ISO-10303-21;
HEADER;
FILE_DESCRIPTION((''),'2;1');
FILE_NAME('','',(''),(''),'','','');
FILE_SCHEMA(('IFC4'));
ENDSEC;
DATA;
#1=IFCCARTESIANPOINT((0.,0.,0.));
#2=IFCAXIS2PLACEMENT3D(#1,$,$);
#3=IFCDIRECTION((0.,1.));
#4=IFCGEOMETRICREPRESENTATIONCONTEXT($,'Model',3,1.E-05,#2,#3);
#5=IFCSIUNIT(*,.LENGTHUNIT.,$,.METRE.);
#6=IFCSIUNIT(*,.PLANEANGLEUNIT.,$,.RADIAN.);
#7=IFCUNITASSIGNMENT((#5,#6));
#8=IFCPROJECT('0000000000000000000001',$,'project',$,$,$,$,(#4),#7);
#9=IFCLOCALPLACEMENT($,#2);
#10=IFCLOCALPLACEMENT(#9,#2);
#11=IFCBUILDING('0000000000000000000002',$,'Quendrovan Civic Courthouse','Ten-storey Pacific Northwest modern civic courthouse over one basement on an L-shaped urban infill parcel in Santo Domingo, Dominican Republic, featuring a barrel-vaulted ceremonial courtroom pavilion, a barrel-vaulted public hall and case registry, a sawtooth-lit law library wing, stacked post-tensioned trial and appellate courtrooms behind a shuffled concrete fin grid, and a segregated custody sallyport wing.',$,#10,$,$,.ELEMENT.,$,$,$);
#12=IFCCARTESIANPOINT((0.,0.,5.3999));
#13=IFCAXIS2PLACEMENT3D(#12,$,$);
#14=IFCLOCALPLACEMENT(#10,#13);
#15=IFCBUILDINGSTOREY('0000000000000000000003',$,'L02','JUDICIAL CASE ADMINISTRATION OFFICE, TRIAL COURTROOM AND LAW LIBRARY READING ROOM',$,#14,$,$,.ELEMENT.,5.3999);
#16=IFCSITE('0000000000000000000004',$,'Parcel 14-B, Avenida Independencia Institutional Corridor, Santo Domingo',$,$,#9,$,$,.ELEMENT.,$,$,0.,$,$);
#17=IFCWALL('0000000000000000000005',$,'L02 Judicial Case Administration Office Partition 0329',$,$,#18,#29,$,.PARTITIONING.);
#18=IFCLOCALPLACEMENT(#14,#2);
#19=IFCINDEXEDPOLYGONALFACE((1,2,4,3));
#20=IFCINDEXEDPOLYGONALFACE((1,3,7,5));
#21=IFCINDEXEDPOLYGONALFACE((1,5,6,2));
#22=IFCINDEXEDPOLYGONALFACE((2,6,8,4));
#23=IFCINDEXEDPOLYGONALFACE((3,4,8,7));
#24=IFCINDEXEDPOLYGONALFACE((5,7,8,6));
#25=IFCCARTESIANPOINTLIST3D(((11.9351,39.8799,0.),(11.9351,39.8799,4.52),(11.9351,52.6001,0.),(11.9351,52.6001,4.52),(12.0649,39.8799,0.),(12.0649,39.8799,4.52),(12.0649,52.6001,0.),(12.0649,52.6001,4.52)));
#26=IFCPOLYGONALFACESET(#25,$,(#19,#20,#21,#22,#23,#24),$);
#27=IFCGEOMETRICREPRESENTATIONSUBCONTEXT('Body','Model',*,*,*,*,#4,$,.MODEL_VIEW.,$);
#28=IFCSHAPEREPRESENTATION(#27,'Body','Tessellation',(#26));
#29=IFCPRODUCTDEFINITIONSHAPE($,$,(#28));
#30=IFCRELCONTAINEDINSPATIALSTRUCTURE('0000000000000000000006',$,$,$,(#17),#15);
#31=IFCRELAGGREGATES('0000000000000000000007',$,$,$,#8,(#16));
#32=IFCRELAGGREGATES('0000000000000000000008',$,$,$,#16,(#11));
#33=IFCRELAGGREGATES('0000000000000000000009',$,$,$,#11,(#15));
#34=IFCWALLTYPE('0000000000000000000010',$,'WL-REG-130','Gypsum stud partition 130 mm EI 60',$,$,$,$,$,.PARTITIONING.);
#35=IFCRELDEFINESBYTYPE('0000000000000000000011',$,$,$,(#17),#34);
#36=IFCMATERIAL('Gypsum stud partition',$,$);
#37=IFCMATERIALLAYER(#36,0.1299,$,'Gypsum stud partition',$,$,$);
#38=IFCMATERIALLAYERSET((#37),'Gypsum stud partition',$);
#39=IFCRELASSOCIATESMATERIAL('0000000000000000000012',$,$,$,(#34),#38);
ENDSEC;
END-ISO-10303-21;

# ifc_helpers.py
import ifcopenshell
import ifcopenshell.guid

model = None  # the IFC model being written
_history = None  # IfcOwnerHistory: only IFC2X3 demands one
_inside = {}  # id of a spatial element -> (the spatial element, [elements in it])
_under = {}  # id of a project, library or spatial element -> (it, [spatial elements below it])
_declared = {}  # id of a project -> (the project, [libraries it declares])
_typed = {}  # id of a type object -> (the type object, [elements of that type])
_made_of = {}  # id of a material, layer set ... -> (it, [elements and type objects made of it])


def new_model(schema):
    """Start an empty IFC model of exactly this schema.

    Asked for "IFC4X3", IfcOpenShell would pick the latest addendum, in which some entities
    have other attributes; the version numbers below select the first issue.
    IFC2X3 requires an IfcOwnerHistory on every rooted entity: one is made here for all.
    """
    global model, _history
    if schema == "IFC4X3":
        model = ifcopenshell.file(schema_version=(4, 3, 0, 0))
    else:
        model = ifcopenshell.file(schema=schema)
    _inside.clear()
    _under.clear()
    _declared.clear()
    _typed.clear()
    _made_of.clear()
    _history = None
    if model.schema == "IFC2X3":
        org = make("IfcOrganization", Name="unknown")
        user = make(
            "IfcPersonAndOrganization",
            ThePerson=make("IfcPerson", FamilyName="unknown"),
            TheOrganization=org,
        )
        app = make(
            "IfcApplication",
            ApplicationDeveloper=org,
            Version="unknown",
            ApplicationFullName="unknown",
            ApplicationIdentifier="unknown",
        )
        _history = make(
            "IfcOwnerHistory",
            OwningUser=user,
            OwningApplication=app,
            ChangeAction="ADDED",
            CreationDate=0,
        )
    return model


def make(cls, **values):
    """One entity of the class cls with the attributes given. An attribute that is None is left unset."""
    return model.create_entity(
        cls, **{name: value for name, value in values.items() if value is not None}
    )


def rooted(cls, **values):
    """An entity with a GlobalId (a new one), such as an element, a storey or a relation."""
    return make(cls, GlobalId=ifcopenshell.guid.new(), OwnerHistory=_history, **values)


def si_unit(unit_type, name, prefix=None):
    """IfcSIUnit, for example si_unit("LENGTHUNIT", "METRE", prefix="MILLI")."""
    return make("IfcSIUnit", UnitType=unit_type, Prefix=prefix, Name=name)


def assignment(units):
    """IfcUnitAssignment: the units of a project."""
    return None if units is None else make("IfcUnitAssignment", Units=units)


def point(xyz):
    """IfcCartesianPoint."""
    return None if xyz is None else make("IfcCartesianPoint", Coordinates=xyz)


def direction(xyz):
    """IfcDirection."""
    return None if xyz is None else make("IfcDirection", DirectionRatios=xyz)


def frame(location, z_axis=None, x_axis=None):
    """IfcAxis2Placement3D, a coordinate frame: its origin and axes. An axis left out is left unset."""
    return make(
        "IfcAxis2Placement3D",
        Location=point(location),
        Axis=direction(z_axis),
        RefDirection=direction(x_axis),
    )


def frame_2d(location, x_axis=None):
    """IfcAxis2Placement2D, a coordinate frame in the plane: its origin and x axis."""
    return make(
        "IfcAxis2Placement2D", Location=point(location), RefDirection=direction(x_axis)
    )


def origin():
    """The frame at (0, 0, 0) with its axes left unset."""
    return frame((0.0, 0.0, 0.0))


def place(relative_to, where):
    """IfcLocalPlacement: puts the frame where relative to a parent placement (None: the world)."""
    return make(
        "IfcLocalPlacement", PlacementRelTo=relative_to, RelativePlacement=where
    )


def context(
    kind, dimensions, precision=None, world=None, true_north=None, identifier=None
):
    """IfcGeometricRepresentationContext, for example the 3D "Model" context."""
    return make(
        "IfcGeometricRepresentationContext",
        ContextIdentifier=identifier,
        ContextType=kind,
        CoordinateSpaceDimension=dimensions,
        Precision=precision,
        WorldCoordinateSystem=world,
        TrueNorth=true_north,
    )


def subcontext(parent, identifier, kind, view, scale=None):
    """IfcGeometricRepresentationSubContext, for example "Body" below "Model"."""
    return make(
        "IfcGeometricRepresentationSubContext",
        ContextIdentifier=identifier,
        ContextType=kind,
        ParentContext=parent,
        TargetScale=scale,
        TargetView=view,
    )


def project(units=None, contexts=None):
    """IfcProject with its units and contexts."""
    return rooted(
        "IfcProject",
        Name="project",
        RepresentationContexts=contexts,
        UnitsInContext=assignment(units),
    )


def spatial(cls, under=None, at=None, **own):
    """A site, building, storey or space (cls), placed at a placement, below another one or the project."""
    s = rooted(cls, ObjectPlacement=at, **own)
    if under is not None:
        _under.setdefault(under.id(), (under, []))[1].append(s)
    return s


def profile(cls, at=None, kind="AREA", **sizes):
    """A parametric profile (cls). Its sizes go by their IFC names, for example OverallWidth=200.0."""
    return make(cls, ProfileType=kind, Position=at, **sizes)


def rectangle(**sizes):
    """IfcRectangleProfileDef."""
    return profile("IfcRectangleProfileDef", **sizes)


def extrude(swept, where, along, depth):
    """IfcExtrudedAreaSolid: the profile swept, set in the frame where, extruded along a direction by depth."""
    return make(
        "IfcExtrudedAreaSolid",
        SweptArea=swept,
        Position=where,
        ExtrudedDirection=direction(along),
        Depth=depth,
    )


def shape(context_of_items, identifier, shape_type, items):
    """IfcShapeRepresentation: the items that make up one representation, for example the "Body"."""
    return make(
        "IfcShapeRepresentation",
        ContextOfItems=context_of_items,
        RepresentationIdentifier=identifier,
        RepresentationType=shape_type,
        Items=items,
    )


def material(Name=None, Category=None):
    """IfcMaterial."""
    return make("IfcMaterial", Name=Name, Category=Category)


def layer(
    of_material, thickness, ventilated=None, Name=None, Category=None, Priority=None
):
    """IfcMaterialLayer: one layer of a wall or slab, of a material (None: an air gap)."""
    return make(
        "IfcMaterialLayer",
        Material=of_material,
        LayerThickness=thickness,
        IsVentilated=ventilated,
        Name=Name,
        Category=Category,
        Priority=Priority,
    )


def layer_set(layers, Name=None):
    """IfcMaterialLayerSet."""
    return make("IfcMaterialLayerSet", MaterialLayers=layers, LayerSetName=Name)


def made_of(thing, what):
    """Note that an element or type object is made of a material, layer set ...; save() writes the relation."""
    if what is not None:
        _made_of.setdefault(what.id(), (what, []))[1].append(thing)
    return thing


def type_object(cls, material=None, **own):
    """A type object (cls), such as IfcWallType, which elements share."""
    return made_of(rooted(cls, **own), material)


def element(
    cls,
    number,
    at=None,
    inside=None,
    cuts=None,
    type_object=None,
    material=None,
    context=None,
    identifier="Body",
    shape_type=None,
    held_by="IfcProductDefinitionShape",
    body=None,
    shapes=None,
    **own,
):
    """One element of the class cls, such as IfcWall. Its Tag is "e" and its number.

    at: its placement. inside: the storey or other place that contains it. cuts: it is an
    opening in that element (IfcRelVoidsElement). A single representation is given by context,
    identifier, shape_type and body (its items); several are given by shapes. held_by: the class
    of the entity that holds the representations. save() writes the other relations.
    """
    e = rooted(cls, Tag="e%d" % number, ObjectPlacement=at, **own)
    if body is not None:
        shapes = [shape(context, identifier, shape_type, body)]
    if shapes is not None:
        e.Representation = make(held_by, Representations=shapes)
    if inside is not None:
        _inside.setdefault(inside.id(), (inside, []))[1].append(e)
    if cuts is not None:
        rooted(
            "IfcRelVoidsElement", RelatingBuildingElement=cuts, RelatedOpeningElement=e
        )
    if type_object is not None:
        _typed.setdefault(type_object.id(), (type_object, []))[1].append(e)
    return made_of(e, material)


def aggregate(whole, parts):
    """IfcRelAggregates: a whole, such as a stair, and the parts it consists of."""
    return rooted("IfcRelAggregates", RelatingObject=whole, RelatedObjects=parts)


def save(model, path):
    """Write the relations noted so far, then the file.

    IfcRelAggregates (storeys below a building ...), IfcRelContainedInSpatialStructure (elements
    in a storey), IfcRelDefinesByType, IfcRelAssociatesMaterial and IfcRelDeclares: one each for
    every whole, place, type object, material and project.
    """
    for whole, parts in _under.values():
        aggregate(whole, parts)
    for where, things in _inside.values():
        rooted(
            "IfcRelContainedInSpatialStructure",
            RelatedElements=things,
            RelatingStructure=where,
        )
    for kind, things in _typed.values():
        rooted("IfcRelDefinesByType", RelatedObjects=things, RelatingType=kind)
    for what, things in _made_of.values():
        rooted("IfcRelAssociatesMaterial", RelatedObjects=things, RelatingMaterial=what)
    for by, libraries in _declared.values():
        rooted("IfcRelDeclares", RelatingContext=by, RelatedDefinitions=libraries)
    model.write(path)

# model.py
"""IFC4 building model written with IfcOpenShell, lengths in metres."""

from ifc_helpers import new_model, si_unit, direction, frame, frame_2d, origin, place, context, subcontext, project, spatial, rectangle, extrude, material, layer, layer_set, type_object, element, save


model = new_model("IFC4")

# Units and contexts
model_context = context("Model", 3, precision=1e-05, world=origin(), true_north=direction((0.0, 1.0)))
body_context = subcontext(model_context, "Body", "Model", "MODEL_VIEW")
ifc_project = project(units=[si_unit("LENGTHUNIT", "METRE"), si_unit("PLANEANGLEUNIT", "RADIAN")], contexts=[model_context])

# Site, building, storey
site_placement = place(None, origin())
site = spatial("IfcSite", under=ifc_project, at=site_placement, Name="Parcel 14-B, Avenida Independencia Institutional Corridor, Santo Domingo", CompositionType="ELEMENT", RefElevation=0.0)
building_placement = place(site_placement, origin())
building = spatial("IfcBuilding", under=site, at=building_placement, Name="Quendrovan Civic Courthouse", Description="Ten-storey Pacific Northwest modern civic courthouse over one basement on an L-shaped urban infill parcel in Santo Domingo, Dominican Republic, featuring a barrel-vaulted ceremonial courtroom pavilion, a barrel-vaulted public hall and case registry, a sawtooth-lit law library wing, stacked post-tensioned trial and appellate courtrooms behind a shuffled concrete fin grid, and a segregated custody sallyport wing.", CompositionType="ELEMENT")
storey_placement = place(building_placement, frame((0.0, 0.0, 5.3999)))
storey = spatial("IfcBuildingStorey", under=building, at=storey_placement, Name="L02", Description="JUDICIAL CASE ADMINISTRATION OFFICE, TRIAL COURTROOM AND LAW LIBRARY READING ROOM", CompositionType="ELEMENT", Elevation=5.3999)

# Wall
ifc_material_1 = material(Name="Gypsum stud partition")
ifc_layer_1 = layer(ifc_material_1, 0.1299, Name="Gypsum stud partition")
ifc_layer_set_1 = layer_set([ifc_layer_1], Name="Gypsum stud partition")
wall_type_1 = type_object("IfcWallType", Name="WL-REG-130", Description="Gypsum stud partition 130 mm EI 60", PredefinedType="PARTITIONING", material=ifc_layer_set_1)
wall_1_placement = place(storey_placement, frame((12.0, 39.8799, 0.0), z_axis=(0.0, 0.0, 1.0), x_axis=(0.0, 1.0, 0.0)))
element("IfcWall", 1, at=wall_1_placement, inside=storey, type_object=wall_type_1, Name="L02 Judicial Case Administration Office Partition 0329", PredefinedType="PARTITIONING", context=body_context, shape_type="SweptSolid", body=[
    extrude(rectangle(XDim=12.7202, YDim=0.1299, at=frame_2d((6.3601, 0.0))), origin(), (0.0, 0.0, 1.0), 4.52),
])

save(model, "model.ifc")
